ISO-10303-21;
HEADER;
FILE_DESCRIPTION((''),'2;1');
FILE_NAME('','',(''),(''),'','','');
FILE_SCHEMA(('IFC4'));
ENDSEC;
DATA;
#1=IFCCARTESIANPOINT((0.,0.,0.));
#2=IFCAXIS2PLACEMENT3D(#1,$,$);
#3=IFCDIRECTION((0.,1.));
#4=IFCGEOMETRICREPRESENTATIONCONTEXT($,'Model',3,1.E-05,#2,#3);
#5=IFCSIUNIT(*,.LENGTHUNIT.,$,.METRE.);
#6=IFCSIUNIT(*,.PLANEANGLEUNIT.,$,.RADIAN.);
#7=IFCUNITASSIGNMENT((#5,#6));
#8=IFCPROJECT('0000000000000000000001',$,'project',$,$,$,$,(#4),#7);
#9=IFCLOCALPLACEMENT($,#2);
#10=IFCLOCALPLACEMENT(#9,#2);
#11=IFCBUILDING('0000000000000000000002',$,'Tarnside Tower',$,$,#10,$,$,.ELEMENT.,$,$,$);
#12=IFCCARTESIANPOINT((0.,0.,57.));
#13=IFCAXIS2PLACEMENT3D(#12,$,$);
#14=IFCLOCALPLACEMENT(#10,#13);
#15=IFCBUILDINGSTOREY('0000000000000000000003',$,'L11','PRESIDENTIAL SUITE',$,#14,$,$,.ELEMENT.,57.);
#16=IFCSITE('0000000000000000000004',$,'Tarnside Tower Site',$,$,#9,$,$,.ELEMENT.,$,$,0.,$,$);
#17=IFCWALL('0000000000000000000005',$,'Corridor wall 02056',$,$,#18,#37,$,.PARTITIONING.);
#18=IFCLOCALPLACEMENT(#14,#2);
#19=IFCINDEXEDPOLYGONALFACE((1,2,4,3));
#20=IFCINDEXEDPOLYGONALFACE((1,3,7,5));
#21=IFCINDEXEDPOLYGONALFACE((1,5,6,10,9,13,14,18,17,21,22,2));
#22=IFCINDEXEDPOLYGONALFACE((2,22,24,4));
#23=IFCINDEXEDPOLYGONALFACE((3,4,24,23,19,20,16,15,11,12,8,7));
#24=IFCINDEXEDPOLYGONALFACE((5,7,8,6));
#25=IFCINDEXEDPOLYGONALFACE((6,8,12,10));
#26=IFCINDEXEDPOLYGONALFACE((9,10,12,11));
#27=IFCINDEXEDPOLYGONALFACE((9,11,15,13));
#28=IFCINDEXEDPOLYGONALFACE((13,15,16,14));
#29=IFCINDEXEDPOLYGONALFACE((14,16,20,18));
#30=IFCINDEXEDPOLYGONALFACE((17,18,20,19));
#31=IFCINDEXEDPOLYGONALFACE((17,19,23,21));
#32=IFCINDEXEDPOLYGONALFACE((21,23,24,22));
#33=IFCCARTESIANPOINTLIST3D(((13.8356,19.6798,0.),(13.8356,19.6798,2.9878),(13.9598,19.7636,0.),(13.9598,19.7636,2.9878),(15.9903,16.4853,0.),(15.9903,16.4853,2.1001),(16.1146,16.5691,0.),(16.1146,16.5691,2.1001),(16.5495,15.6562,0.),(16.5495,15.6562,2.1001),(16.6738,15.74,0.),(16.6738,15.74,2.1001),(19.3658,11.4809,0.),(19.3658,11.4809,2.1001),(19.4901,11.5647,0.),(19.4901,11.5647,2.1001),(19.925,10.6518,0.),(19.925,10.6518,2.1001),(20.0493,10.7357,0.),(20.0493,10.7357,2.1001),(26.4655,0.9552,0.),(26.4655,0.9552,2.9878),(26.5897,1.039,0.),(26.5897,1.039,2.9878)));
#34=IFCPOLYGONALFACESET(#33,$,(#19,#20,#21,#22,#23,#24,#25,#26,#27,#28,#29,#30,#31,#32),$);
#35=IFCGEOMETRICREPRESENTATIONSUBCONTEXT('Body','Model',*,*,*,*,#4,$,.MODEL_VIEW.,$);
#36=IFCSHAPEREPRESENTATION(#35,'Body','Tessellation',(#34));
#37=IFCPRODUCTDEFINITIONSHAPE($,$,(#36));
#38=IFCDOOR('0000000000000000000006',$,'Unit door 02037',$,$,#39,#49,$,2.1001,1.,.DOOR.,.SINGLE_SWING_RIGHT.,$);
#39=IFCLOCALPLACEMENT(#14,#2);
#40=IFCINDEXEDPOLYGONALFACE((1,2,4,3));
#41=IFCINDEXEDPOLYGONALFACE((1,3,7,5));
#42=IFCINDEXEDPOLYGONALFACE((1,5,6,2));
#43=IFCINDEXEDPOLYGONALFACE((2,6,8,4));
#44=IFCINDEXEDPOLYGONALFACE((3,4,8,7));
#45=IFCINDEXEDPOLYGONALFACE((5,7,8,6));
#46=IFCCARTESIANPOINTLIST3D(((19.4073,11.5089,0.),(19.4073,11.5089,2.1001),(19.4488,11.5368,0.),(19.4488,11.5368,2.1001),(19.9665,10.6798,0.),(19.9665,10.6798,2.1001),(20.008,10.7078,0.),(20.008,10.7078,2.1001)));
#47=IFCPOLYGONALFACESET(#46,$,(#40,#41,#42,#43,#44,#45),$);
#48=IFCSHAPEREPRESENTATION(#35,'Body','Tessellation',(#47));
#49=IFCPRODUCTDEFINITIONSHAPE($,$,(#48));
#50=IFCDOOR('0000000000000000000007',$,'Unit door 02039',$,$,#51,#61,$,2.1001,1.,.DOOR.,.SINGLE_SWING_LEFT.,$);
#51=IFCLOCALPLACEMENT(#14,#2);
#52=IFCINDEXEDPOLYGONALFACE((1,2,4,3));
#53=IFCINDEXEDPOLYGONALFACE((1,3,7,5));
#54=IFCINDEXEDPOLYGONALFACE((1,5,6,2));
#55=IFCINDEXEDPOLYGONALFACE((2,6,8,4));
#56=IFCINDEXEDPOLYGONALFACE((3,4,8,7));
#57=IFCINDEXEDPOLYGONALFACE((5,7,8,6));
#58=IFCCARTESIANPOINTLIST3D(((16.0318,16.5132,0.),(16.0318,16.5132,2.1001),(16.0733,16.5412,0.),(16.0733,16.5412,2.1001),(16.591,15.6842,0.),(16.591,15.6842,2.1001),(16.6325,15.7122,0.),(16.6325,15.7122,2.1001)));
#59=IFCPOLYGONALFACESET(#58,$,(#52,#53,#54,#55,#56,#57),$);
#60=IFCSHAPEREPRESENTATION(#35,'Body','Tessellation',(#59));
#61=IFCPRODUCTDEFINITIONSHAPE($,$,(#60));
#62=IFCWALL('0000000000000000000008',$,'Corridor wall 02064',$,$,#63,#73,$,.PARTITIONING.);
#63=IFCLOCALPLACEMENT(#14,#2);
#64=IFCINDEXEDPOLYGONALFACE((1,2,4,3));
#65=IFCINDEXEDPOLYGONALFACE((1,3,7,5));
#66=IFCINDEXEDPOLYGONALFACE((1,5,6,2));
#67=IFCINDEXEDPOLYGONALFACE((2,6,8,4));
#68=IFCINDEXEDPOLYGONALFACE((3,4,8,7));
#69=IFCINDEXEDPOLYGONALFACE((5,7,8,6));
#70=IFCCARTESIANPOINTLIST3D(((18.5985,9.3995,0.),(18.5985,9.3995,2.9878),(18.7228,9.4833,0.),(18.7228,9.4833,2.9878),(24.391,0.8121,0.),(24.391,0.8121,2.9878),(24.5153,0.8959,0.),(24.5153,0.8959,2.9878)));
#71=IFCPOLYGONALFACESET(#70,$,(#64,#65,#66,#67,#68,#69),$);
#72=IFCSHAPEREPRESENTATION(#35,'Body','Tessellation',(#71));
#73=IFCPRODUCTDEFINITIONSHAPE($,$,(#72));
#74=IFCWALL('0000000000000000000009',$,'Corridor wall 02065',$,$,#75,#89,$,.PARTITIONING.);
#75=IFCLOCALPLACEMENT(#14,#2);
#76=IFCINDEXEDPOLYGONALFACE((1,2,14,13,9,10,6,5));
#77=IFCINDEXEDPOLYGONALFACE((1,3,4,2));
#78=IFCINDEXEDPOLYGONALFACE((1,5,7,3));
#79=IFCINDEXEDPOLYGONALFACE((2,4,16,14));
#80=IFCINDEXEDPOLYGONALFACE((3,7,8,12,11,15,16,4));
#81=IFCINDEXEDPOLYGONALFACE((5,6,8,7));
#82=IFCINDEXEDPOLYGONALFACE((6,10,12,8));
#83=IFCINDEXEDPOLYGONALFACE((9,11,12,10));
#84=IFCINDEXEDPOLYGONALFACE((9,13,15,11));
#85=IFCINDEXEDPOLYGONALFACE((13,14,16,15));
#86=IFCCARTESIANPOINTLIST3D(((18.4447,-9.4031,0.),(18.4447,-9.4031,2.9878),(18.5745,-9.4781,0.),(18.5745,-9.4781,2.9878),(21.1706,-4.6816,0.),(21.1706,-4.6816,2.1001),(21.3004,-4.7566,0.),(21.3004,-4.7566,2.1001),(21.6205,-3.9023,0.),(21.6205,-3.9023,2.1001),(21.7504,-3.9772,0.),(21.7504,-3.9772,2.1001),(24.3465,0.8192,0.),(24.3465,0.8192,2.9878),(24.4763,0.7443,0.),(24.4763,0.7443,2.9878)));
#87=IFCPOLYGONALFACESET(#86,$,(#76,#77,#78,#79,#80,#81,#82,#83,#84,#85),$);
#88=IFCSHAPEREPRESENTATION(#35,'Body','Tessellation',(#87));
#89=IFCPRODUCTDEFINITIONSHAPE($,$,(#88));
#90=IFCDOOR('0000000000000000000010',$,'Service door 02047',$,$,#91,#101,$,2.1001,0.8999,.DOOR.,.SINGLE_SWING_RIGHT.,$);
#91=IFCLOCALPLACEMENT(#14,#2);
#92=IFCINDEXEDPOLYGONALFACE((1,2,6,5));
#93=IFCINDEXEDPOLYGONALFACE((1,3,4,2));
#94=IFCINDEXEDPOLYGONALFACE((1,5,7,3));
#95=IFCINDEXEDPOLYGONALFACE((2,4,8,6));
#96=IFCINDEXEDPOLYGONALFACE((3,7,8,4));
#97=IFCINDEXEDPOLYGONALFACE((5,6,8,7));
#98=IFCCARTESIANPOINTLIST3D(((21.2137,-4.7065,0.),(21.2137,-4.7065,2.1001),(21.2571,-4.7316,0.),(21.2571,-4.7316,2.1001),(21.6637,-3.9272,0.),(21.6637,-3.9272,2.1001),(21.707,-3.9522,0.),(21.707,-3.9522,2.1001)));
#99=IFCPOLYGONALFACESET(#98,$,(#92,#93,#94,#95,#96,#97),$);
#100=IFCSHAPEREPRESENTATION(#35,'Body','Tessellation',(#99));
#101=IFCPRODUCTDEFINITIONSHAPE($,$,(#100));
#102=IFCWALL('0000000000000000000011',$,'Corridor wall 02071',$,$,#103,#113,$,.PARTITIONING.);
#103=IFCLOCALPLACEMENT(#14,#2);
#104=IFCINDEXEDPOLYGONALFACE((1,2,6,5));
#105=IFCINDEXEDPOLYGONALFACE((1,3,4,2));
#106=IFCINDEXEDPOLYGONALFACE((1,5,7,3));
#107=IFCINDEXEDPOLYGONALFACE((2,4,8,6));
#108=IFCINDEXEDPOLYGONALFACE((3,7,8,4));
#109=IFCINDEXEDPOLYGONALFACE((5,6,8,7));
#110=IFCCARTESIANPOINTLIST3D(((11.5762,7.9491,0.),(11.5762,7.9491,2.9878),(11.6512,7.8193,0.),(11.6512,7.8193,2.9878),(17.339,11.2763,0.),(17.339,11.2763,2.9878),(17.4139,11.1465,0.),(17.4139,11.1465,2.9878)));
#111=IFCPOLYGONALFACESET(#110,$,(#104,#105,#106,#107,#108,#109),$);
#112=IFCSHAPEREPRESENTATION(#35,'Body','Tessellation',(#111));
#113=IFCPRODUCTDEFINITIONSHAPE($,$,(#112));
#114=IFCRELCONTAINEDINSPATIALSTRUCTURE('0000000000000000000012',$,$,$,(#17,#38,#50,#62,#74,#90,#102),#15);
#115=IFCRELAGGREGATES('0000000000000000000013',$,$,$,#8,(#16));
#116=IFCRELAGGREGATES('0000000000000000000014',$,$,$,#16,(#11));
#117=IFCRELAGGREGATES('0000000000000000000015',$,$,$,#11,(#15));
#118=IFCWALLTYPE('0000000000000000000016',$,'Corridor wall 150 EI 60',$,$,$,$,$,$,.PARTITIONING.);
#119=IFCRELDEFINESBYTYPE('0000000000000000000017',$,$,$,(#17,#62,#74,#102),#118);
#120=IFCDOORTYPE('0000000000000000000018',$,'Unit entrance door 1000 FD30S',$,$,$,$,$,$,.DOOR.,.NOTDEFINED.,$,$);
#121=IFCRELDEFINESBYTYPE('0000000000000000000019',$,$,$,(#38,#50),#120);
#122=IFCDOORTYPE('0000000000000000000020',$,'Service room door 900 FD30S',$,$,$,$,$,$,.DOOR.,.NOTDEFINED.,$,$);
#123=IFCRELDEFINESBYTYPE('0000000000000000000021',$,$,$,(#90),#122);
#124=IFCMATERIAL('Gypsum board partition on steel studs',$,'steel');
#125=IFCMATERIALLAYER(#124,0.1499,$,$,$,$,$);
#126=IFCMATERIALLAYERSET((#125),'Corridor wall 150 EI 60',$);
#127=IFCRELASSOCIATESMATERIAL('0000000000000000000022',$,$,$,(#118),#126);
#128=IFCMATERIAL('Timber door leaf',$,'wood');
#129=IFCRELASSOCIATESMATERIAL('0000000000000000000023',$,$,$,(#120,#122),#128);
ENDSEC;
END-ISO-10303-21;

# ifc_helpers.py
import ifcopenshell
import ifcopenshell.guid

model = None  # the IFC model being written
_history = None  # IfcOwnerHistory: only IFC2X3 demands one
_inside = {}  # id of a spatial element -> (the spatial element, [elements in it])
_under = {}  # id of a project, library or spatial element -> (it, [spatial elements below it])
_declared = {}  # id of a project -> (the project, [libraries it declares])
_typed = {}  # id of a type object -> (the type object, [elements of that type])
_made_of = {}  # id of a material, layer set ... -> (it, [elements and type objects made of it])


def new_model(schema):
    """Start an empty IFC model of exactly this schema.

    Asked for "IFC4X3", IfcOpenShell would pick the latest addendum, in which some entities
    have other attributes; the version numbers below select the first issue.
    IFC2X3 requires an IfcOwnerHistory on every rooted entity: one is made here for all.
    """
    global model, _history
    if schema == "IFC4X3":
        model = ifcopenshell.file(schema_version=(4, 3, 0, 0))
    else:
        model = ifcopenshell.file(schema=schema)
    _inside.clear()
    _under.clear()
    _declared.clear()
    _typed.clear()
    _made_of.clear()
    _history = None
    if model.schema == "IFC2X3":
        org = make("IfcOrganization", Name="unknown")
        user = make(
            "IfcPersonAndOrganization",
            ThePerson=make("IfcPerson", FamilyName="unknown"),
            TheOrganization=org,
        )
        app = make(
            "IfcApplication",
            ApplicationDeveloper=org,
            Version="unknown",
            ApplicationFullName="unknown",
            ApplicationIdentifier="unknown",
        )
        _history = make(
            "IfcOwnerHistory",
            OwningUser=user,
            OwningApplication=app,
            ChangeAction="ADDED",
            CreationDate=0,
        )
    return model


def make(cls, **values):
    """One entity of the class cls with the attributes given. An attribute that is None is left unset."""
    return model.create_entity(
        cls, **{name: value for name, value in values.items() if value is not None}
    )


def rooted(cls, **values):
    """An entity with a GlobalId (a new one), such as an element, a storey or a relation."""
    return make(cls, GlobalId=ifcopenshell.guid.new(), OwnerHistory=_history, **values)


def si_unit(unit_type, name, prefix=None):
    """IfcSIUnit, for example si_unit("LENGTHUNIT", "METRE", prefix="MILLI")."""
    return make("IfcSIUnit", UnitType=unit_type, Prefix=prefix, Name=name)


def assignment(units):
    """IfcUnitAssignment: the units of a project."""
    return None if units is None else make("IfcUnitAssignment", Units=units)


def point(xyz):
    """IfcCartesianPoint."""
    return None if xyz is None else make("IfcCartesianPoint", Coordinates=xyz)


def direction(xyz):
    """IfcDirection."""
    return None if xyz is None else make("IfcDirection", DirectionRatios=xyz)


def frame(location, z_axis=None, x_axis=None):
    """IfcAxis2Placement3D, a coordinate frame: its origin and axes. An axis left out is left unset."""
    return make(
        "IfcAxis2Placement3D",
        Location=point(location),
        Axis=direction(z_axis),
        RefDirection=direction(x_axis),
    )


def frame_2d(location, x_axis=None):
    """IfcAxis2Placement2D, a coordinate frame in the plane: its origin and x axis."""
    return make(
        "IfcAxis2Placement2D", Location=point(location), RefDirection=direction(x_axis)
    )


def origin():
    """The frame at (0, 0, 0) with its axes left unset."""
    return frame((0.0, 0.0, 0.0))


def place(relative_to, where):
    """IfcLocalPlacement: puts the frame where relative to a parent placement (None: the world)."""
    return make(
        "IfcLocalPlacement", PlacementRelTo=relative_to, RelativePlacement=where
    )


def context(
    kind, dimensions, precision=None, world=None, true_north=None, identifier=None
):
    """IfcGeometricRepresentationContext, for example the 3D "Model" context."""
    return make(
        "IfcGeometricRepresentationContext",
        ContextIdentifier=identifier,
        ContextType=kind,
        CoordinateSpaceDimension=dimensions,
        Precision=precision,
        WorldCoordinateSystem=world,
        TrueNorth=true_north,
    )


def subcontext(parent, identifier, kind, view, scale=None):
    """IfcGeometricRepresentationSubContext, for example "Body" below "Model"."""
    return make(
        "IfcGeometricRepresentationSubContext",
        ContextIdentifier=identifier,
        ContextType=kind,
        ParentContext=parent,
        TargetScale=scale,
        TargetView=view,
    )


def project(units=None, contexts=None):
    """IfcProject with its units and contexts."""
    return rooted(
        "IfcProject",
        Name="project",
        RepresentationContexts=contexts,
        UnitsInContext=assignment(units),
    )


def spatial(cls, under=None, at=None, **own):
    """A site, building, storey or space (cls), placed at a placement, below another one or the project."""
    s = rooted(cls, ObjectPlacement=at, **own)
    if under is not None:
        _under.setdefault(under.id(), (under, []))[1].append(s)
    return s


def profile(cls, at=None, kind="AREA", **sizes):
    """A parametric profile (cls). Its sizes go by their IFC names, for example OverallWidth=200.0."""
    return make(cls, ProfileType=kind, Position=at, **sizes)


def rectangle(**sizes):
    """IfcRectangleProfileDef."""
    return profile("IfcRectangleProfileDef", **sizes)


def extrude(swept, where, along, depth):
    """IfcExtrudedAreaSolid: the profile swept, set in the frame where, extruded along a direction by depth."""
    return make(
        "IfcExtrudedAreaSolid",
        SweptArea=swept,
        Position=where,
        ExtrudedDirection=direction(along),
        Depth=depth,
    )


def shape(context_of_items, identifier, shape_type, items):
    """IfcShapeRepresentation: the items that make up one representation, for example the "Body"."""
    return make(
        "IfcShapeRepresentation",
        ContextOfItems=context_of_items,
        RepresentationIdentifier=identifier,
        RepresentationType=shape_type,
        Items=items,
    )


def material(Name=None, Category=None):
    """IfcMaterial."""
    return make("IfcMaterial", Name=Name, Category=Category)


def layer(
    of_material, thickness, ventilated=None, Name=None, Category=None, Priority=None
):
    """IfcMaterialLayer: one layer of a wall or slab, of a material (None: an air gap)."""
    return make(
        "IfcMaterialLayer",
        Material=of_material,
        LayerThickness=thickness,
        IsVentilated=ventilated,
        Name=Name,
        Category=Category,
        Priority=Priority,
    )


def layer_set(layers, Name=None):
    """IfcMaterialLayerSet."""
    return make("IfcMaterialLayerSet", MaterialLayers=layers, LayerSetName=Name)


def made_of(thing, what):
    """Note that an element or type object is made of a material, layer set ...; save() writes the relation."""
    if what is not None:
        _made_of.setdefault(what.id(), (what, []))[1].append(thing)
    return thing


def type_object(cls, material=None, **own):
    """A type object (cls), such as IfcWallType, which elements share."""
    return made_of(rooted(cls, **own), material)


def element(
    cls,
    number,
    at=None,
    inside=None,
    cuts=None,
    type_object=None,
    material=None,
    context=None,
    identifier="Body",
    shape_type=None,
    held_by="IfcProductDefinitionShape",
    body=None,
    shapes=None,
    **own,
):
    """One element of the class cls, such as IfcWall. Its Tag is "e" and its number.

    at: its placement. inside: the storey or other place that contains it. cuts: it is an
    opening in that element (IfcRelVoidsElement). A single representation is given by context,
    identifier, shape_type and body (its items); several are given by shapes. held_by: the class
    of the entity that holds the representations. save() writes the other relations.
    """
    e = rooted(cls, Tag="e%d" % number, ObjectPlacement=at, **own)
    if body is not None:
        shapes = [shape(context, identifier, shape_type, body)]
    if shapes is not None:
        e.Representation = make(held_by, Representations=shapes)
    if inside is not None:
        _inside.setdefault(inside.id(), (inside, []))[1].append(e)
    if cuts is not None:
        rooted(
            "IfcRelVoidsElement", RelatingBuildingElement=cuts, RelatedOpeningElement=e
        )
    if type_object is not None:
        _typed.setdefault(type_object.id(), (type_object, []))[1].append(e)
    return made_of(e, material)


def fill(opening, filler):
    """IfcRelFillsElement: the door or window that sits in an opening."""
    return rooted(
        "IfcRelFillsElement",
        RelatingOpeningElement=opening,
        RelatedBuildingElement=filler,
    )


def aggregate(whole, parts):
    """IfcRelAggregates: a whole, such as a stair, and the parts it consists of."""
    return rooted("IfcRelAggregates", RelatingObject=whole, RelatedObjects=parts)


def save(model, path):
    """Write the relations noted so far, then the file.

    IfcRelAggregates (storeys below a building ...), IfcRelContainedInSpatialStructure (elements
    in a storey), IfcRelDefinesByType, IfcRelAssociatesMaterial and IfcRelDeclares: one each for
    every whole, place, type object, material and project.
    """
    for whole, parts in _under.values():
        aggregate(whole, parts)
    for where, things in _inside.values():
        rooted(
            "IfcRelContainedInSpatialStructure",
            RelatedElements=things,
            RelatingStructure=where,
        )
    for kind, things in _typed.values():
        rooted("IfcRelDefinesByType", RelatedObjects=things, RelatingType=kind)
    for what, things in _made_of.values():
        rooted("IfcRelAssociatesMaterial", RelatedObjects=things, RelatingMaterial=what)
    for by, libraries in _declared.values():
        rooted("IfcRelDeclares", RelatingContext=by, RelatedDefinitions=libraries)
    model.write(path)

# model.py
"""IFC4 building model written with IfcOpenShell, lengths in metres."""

from ifc_helpers import new_model, si_unit, direction, frame, frame_2d, origin, place, context, subcontext, project, spatial, rectangle, extrude, material, layer, layer_set, type_object, element, fill, save


model = new_model("IFC4")

# Units and contexts
model_context = context("Model", 3, precision=1e-05, world=origin(), true_north=direction((0.0, 1.0)))
body_context = subcontext(model_context, "Body", "Model", "MODEL_VIEW")
ifc_project = project(units=[si_unit("LENGTHUNIT", "METRE"), si_unit("PLANEANGLEUNIT", "RADIAN")], contexts=[model_context])

# Site, building, storey
site_placement = place(None, origin())
site = spatial("IfcSite", under=ifc_project, at=site_placement, Name="Tarnside Tower Site", CompositionType="ELEMENT", RefElevation=0.0)
building_placement = place(site_placement, origin())
building = spatial("IfcBuilding", under=site, at=building_placement, Name="Tarnside Tower", CompositionType="ELEMENT")
storey_placement = place(building_placement, frame((0.0, 0.0, 57.0)))
storey = spatial("IfcBuildingStorey", under=building, at=storey_placement, Name="L11", Description="PRESIDENTIAL SUITE", CompositionType="ELEMENT", Elevation=57.0)

# Shared definitions
ifc_material_1 = material(Name="Gypsum board partition on steel studs", Category="steel")
ifc_material_2 = material(Name="Timber door leaf", Category="wood")

# Wall, openings, doors
ifc_layer_1 = layer(ifc_material_1, 0.1499)
ifc_layer_set_1 = layer_set([ifc_layer_1], Name="Corridor wall 150 EI 60")
wall_type_1 = type_object("IfcWallType", Name="Corridor wall 150 EI 60", PredefinedType="PARTITIONING", material=ifc_layer_set_1)
wall_1_placement = place(storey_placement, frame((26.5276, 0.9971, 0.0), z_axis=(0.0, 0.0, 1.0), x_axis=(-0.559192, 0.829038, 0.0)))
wall_1 = element("IfcWall", 1, at=wall_1_placement, inside=storey, type_object=wall_type_1, Name="Corridor wall 02056", PredefinedType="PARTITIONING", context=body_context, shape_type="SweptSolid", body=[
    extrude(rectangle(XDim=22.5859, YDim=0.1499, at=frame_2d((11.293, 0.0))), origin(), (0.0, 0.0, 1.0), 2.9878),
])
opening_1_placement = place(wall_1_placement, frame((11.6963, 0.0, 0.0)))
opening_1 = element("IfcOpeningElement", 2, at=opening_1_placement, cuts=wall_1, PredefinedType="OPENING", context=body_context, shape_type="SweptSolid", body=[
    extrude(rectangle(XDim=1.0, YDim=2.1001, at=frame_2d((0.5, 1.05))), frame((0.0, 0.085, 0.0), z_axis=(0.0, -1.0, 0.0), x_axis=(1.0, 0.0, 0.0)), (0.0, 0.0, 1.0), 0.1699),
])
opening_2_placement = place(wall_1_placement, frame((17.7327, 0.0, 0.0)))
opening_2 = element("IfcOpeningElement", 3, at=opening_2_placement, cuts=wall_1, PredefinedType="OPENING", context=body_context, shape_type="SweptSolid", body=[
    extrude(rectangle(XDim=1.0, YDim=2.1001, at=frame_2d((0.5, 1.05))), frame((0.0, 0.085, 0.0), z_axis=(0.0, -1.0, 0.0), x_axis=(1.0, 0.0, 0.0)), (0.0, 0.0, 1.0), 0.1699),
])
door_type_1 = type_object("IfcDoorType", Name="Unit entrance door 1000 FD30S", OperationType="NOTDEFINED", PredefinedType="DOOR", material=ifc_material_2)
door_1_placement = place(opening_1_placement, origin())
door_1 = element("IfcDoor", 4, at=door_1_placement, inside=storey, type_object=door_type_1, Name="Unit door 02037", OperationType="SINGLE_SWING_RIGHT", OverallHeight=2.1001, OverallWidth=1.0, PredefinedType="DOOR", context=body_context, shape_type="SweptSolid", body=[
    extrude(rectangle(XDim=1.0, YDim=2.1001, at=frame_2d((0.5, 1.05))), frame((0.0, 0.0249, 0.0), z_axis=(0.0, -1.0, 0.0), x_axis=(1.0, 0.0, 0.0)), (0.0, 0.0, 1.0), 0.05),
])
fill(opening_1, door_1)
door_2_placement = place(opening_2_placement, origin())
door_2 = element("IfcDoor", 5, at=door_2_placement, inside=storey, type_object=door_type_1, Name="Unit door 02039", OperationType="SINGLE_SWING_LEFT", OverallHeight=2.1001, OverallWidth=1.0, PredefinedType="DOOR", context=body_context, shape_type="SweptSolid", body=[
    extrude(rectangle(XDim=1.0, YDim=2.1001, at=frame_2d((0.5, 1.05))), frame((0.0, 0.0249, 0.0), z_axis=(0.0, -1.0, 0.0), x_axis=(1.0, 0.0, 0.0)), (0.0, 0.0, 1.0), 0.05),
])
fill(opening_2, door_2)

# Wall
wall_2_placement = place(storey_placement, frame((18.6606, 9.4414, 0.0), z_axis=(0.0, 0.0, 1.0), x_axis=(0.559206, -0.829028, 0.0)))
element("IfcWall", 6, at=wall_2_placement, inside=storey, type_object=wall_type_1, Name="Corridor wall 02064", PredefinedType="PARTITIONING", context=body_context, shape_type="SweptSolid", body=[
    extrude(rectangle(XDim=10.3584, YDim=0.1499, at=frame_2d((5.1792, 0.0))), origin(), (0.0, 0.0, 1.0), 2.9878),
])

# Wall, opening, door
wall_3_placement = place(storey_placement, frame((24.4114, 0.7817, 0.0), z_axis=(0.0, 0.0, 1.0), x_axis=(-0.499996, -0.866027, 0.0)))
wall_3 = element("IfcWall", 7, at=wall_3_placement, inside=storey, type_object=wall_type_1, Name="Corridor wall 02065", PredefinedType="PARTITIONING", context=body_context, shape_type="SweptSolid", body=[
    extrude(rectangle(XDim=11.8037, YDim=0.1499, at=frame_2d((5.9019, 0.0))), origin(), (0.0, 0.0, 1.0), 2.9878),
])
opening_3_placement = place(wall_3_placement, frame((5.4519, 0.0, 0.0)))
opening_3 = element("IfcOpeningElement", 8, at=opening_3_placement, cuts=wall_3, PredefinedType="OPENING", context=body_context, shape_type="SweptSolid", body=[
    extrude(rectangle(XDim=0.8999, YDim=2.1001, at=frame_2d((0.45, 1.05))), frame((0.0, 0.085, 0.0), z_axis=(0.0, -1.0, 0.0), x_axis=(1.0, 0.0, 0.0)), (0.0, 0.0, 1.0), 0.1699),
])
door_type_2 = type_object("IfcDoorType", Name="Service room door 900 FD30S", OperationType="NOTDEFINED", PredefinedType="DOOR", material=ifc_material_2)
door_3_placement = place(opening_3_placement, origin())
door_3 = element("IfcDoor", 9, at=door_3_placement, inside=storey, type_object=door_type_2, Name="Service door 02047", OperationType="SINGLE_SWING_RIGHT", OverallHeight=2.1001, OverallWidth=0.8999, PredefinedType="DOOR", context=body_context, shape_type="SweptSolid", body=[
    extrude(rectangle(XDim=0.8999, YDim=2.1001, at=frame_2d((0.45, 1.05))), frame((0.0, 0.0249, 0.0), z_axis=(0.0, -1.0, 0.0), x_axis=(1.0, 0.0, 0.0)), (0.0, 0.0, 1.0), 0.05),
])
fill(opening_3, door_3)

# Wall
wall_4_placement = place(storey_placement, frame((17.3765, 11.2114, 0.0), z_axis=(0.0, 0.0, 1.0), x_axis=(-0.866022, -0.500006, 0.0)))
element("IfcWall", 10, at=wall_4_placement, inside=storey, type_object=wall_type_1, Name="Corridor wall 02071", PredefinedType="PARTITIONING", context=body_context, shape_type="SweptSolid", body=[
    extrude(rectangle(XDim=6.6543, YDim=0.1499, at=frame_2d((3.3271, 0.0))), origin(), (0.0, 0.0, 1.0), 2.9878),
])

save(model, "model.ifc")
